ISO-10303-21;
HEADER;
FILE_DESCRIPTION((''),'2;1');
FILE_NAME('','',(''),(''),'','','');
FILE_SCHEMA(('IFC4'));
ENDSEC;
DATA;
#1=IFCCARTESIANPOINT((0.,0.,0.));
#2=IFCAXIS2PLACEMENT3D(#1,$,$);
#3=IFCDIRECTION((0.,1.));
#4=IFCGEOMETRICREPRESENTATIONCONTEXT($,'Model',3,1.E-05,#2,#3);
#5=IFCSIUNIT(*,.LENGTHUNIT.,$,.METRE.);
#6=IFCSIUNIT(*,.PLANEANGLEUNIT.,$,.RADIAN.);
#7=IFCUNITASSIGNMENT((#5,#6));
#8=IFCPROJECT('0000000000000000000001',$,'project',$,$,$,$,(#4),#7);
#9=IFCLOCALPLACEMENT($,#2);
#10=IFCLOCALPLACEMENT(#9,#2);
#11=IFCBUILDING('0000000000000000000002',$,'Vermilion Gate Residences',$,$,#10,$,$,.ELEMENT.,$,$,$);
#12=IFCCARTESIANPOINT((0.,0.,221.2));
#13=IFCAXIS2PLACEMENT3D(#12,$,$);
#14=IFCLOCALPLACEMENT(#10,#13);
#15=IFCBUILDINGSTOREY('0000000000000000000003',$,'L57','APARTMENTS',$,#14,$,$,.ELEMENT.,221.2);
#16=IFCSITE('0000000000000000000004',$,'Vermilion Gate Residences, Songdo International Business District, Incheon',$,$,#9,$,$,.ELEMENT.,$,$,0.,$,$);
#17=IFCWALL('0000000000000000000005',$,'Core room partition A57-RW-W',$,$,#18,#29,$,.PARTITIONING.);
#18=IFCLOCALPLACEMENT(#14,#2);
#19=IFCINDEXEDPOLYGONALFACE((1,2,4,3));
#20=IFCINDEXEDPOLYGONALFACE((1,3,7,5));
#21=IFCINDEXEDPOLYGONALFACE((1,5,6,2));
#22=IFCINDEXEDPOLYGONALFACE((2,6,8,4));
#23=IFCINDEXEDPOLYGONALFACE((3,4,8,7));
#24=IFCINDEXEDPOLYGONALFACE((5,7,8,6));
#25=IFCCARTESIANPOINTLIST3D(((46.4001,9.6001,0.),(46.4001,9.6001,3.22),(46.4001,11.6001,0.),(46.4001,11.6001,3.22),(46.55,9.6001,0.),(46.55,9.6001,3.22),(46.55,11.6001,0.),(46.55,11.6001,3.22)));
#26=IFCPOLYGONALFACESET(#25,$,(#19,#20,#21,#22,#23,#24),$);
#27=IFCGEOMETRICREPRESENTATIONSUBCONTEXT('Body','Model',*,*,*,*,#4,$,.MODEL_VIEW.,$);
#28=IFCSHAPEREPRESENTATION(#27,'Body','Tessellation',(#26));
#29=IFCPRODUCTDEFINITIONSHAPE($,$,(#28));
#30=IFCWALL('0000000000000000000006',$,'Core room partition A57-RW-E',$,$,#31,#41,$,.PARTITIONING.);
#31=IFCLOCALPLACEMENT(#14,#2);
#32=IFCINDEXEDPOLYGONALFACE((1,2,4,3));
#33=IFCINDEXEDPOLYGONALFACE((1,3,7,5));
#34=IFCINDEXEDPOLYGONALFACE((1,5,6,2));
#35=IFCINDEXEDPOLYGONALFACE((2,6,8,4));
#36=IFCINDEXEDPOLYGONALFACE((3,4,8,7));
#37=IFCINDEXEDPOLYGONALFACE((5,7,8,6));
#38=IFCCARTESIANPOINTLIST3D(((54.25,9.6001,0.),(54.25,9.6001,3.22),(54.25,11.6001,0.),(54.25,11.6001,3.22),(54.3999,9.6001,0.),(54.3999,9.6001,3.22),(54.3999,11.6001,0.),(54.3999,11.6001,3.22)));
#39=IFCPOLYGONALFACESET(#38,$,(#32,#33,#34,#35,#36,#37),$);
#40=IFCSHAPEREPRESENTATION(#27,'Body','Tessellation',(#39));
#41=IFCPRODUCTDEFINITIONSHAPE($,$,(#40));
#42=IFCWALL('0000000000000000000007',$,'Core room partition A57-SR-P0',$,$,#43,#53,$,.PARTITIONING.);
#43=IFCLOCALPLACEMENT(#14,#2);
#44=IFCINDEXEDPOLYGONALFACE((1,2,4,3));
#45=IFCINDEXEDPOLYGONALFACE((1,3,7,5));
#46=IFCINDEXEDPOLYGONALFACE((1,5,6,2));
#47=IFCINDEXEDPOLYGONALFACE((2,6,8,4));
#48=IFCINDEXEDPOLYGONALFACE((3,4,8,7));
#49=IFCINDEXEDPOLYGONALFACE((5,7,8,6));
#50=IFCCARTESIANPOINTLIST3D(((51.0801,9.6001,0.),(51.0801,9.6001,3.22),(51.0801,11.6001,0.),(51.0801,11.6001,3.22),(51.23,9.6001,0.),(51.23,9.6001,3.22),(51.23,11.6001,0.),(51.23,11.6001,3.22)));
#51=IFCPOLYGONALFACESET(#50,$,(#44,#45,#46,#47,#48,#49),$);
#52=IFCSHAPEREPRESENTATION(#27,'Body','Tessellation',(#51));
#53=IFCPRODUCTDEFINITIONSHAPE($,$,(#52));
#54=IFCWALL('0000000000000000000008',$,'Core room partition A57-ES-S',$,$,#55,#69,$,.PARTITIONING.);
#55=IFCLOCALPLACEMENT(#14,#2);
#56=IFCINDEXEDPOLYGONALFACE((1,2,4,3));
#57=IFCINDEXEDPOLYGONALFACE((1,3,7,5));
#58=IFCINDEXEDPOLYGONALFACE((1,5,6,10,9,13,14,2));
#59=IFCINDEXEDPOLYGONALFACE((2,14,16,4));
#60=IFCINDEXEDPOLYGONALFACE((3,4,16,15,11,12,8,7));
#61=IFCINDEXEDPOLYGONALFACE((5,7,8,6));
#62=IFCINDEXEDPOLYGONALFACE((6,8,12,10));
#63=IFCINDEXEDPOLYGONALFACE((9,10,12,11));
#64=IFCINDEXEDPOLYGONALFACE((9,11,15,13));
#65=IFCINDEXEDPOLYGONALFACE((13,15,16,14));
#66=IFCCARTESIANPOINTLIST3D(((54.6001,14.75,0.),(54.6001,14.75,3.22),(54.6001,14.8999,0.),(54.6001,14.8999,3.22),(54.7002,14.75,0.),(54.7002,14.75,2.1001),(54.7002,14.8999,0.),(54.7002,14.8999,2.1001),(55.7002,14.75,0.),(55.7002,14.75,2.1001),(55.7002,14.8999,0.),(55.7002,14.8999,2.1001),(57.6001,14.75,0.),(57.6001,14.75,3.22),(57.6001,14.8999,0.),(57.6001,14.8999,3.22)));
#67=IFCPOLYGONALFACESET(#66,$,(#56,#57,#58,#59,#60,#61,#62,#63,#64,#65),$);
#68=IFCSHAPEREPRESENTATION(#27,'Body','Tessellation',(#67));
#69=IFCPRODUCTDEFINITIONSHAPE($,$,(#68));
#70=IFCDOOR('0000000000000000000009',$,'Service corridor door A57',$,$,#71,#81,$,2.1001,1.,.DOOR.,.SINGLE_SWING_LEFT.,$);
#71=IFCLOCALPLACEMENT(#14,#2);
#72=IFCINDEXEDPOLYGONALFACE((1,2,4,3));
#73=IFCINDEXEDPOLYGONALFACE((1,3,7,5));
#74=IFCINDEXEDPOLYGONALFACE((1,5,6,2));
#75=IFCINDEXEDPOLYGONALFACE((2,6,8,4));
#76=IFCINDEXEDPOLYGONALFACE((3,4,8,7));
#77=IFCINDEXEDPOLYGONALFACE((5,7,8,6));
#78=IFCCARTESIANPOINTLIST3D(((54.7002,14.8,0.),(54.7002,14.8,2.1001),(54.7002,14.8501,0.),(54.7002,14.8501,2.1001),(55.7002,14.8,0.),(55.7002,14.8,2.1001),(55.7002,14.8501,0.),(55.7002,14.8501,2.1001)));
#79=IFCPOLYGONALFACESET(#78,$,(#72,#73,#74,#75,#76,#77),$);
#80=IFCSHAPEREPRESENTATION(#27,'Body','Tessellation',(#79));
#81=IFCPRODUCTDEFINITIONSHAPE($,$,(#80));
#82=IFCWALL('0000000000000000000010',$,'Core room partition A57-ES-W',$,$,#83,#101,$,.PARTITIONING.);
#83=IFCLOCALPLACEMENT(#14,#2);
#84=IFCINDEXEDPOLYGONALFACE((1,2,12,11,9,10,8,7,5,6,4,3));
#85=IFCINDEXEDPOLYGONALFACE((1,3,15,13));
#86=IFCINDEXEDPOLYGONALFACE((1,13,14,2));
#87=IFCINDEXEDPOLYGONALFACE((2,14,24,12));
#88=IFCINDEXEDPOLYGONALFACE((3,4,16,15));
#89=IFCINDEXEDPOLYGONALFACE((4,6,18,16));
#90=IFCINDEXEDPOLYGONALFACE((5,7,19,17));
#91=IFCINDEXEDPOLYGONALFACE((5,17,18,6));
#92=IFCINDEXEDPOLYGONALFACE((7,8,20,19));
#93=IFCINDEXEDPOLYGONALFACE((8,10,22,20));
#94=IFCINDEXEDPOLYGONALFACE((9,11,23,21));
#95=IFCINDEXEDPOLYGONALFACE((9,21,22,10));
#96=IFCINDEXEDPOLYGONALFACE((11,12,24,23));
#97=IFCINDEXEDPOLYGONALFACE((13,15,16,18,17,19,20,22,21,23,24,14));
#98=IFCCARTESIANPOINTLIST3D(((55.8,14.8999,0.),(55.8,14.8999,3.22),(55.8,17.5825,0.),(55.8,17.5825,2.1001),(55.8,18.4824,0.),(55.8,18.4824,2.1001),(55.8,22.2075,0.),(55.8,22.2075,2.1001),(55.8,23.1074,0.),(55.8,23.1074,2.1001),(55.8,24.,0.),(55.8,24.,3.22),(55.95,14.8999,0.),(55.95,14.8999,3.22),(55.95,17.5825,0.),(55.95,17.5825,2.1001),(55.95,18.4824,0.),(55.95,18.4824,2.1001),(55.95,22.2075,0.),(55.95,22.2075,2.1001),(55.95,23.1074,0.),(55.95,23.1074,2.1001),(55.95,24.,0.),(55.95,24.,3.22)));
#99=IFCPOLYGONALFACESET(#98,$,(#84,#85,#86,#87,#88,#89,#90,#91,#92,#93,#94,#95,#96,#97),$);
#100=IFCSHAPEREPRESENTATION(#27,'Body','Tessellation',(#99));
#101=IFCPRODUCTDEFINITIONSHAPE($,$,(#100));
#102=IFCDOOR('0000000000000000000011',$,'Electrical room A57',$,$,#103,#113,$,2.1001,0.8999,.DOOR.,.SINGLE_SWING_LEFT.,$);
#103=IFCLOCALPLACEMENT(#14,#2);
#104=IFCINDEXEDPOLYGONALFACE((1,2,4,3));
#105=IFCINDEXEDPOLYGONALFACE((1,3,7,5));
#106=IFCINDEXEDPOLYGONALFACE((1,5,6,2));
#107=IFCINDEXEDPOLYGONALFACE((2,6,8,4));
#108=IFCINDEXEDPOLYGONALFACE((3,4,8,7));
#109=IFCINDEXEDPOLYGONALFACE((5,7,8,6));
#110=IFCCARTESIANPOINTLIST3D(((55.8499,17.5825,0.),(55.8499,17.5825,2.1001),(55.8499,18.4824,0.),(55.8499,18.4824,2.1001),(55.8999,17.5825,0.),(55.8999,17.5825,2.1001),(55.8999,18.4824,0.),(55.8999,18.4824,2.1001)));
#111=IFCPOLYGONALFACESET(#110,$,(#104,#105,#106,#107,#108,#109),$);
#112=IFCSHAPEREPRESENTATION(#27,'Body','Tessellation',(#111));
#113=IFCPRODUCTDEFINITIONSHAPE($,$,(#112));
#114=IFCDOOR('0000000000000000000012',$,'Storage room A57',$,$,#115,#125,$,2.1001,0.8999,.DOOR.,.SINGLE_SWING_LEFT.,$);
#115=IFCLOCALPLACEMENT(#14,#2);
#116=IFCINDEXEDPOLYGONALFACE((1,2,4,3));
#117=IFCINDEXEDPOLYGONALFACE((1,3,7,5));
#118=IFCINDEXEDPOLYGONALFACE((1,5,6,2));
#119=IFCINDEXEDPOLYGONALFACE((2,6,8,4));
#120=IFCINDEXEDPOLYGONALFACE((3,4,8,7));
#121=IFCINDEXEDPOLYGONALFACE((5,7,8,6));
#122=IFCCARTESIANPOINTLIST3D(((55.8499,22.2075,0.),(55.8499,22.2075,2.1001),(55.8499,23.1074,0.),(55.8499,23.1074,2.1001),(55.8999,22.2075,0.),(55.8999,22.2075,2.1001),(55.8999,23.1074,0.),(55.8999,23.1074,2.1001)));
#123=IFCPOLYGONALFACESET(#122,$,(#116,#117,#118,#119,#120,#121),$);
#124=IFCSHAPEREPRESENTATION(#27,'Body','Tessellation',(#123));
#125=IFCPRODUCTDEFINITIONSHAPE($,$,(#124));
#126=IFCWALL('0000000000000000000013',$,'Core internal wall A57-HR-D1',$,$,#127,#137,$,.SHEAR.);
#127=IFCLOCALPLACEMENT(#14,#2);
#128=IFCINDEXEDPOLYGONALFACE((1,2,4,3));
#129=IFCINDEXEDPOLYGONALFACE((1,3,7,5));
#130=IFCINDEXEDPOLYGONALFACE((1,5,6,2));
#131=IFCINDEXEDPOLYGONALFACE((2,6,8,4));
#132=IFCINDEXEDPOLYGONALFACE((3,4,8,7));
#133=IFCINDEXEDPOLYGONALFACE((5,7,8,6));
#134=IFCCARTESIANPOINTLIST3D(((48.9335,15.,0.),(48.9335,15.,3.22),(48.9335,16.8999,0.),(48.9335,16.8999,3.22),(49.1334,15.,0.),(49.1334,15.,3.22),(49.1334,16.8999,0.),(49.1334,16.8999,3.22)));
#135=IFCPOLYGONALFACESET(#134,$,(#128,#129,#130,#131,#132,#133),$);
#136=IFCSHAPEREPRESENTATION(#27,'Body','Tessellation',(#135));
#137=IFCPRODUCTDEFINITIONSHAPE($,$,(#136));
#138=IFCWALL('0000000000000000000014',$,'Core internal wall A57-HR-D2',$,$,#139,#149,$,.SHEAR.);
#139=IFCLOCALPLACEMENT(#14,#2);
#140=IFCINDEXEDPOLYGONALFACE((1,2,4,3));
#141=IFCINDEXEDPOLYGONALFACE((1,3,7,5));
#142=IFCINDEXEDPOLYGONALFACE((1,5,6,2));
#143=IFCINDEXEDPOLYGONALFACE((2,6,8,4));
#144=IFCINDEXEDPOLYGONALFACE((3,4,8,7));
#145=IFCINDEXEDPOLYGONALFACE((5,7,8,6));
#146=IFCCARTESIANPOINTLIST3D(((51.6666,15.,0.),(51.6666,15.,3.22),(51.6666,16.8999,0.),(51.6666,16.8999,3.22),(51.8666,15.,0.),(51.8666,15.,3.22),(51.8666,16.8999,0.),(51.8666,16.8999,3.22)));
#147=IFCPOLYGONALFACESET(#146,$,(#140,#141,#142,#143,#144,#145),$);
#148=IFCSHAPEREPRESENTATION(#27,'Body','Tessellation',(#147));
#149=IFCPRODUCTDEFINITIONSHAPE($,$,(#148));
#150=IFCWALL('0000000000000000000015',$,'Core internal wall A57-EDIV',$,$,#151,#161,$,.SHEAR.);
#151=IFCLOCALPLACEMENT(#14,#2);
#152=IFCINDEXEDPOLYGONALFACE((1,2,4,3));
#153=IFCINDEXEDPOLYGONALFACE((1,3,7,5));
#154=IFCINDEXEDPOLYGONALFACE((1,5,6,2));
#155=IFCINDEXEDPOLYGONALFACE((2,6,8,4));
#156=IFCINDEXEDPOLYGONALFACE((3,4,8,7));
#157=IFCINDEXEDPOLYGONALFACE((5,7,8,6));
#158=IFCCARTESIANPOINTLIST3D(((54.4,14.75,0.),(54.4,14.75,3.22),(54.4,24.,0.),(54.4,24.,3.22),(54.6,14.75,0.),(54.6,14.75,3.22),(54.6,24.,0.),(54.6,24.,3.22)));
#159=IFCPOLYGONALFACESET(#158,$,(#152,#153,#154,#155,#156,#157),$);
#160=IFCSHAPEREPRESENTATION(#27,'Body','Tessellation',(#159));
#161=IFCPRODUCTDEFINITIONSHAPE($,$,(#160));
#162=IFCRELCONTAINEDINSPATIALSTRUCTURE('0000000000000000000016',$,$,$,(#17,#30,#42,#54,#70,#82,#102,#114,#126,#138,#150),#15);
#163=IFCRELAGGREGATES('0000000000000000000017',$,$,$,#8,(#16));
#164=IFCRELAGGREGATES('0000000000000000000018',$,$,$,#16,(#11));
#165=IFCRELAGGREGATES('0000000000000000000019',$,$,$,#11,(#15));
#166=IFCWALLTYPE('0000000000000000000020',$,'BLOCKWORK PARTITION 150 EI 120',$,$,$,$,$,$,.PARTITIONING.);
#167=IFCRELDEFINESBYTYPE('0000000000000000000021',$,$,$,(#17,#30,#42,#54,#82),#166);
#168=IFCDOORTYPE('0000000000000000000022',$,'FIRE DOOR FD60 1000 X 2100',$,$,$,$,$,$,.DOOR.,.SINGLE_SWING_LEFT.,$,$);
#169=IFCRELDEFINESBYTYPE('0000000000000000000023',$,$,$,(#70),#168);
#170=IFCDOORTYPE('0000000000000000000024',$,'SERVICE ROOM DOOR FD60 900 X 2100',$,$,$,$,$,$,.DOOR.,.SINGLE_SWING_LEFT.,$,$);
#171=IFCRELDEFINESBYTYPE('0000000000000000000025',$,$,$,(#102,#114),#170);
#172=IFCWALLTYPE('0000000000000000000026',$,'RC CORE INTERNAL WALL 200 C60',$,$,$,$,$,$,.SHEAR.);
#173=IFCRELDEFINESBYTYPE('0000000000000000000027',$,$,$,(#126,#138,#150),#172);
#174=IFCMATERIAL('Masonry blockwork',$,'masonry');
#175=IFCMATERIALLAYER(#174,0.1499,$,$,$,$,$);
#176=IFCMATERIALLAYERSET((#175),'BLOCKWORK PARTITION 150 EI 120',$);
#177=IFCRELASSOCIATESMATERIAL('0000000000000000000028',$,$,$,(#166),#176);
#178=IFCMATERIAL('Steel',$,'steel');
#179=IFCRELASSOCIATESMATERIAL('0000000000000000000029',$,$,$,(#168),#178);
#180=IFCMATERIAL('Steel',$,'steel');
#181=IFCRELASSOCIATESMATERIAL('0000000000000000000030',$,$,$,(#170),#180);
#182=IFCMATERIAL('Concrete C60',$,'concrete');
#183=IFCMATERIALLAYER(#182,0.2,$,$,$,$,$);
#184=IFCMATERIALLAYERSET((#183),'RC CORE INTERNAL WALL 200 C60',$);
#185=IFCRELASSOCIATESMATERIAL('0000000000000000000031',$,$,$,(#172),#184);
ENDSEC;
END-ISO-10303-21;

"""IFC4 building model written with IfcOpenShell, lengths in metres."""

from ifc_helpers import new_model, si_unit, direction, frame, frame_2d, origin, place, context, subcontext, project, spatial, rectangle, extrude, material, layer, layer_set, type_object, element, fill, save


model = new_model("IFC4")

# Units and contexts
model_context = context("Model", 3, precision=1e-05, world=origin(), true_north=direction((0.0, 1.0)))
body_context = subcontext(model_context, "Body", "Model", "MODEL_VIEW")
ifc_project = project(units=[si_unit("LENGTHUNIT", "METRE"), si_unit("PLANEANGLEUNIT", "RADIAN")], contexts=[model_context])

# Site, building, storey
site_placement = place(None, origin())
site = spatial("IfcSite", under=ifc_project, at=site_placement, Name="Vermilion Gate Residences, Songdo International Business District, Incheon", CompositionType="ELEMENT", RefElevation=0.0)
building_placement = place(site_placement, origin())
building = spatial("IfcBuilding", under=site, at=building_placement, Name="Vermilion Gate Residences", CompositionType="ELEMENT")
storey_placement = place(building_placement, frame((0.0, 0.0, 221.2)))
storey = spatial("IfcBuildingStorey", under=building, at=storey_placement, Name="L57", Description="APARTMENTS", CompositionType="ELEMENT", Elevation=221.2)

# Walls
ifc_material_1 = material(Name="Masonry blockwork", Category="masonry")
ifc_layer_1 = layer(ifc_material_1, 0.1499)
ifc_layer_set_1 = layer_set([ifc_layer_1], Name="BLOCKWORK PARTITION 150 EI 120")
wall_type_1 = type_object("IfcWallType", Name="BLOCKWORK PARTITION 150 EI 120", PredefinedType="PARTITIONING", material=ifc_layer_set_1)
for number, where, z_axis, x_axis, name in (
    (1, (46.4751, 9.6001, 0.0), (0.0, 0.0, 1.0), (0.0, 1.0, 0.0), "Core room partition A57-RW-W"),
    (2, (54.325, 9.6001, 0.0), (0.0, 0.0, 1.0), (0.0, 1.0, 0.0), "Core room partition A57-RW-E"),
    (3, (51.155, 9.6001, 0.0), (0.0, 0.0, 1.0), (0.0, 1.0, 0.0), "Core room partition A57-SR-P0"),
):
    element("IfcWall", number, at=place(storey_placement, frame(where, z_axis=z_axis, x_axis=x_axis)), inside=storey, type_object=wall_type_1, Name=name, PredefinedType="PARTITIONING", context=body_context, shape_type="SweptSolid", body=[
        extrude(rectangle(XDim=2.0, YDim=0.1499, at=frame_2d((1.0, 0.0))), origin(), (0.0, 0.0, 1.0), 3.22),
    ])

# Wall, opening, door
wall_1_placement = place(storey_placement, frame((54.6001, 14.825, 0.0), z_axis=(0.0, 0.0, 1.0), x_axis=(1.0, 0.0, 0.0)))
wall_1 = element("IfcWall", 4, at=wall_1_placement, inside=storey, type_object=wall_type_1, Name="Core room partition A57-ES-S", PredefinedType="PARTITIONING", context=body_context, shape_type="SweptSolid", body=[
    extrude(rectangle(XDim=3.0, YDim=0.1499, at=frame_2d((1.5, 0.0))), origin(), (0.0, 0.0, 1.0), 3.22),
])
opening_1_placement = place(wall_1_placement, frame((0.1001, 0.0, 0.0)))
opening_1 = element("IfcOpeningElement", 5, at=opening_1_placement, cuts=wall_1, PredefinedType="OPENING", context=body_context, shape_type="SweptSolid", body=[
    extrude(rectangle(XDim=1.0, YDim=2.1001, at=frame_2d((0.5, 1.05))), frame((0.0, 0.085, 0.0), z_axis=(0.0, -1.0, 0.0), x_axis=(1.0, 0.0, 0.0)), (0.0, 0.0, 1.0), 0.1699),
])
ifc_material_2 = material(Name="Steel", Category="steel")
door_type_1 = type_object("IfcDoorType", Name="FIRE DOOR FD60 1000 X 2100", OperationType="SINGLE_SWING_LEFT", PredefinedType="DOOR", material=ifc_material_2)
door_1_placement = place(opening_1_placement, frame((1.0, 0.0, 0.0), z_axis=(0.0, 0.0, 1.0), x_axis=(-1.0, 0.0, 0.0)))
door_1 = element("IfcDoor", 6, at=door_1_placement, inside=storey, type_object=door_type_1, Name="Service corridor door A57", OperationType="SINGLE_SWING_LEFT", OverallHeight=2.1001, OverallWidth=1.0, PredefinedType="DOOR", context=body_context, shape_type="SweptSolid", body=[
    extrude(rectangle(XDim=1.0, YDim=2.1001, at=frame_2d((0.5, 1.05))), frame((0.0, 0.0249, 0.0), z_axis=(0.0, -1.0, 0.0), x_axis=(1.0, 0.0, 0.0)), (0.0, 0.0, 1.0), 0.05),
])
fill(opening_1, door_1)

# Wall, openings, doors
wall_2_placement = place(storey_placement, frame((55.875, 14.8999, 0.0), z_axis=(0.0, 0.0, 1.0), x_axis=(0.0, 1.0, 0.0)))
wall_2 = element("IfcWall", 7, at=wall_2_placement, inside=storey, type_object=wall_type_1, Name="Core room partition A57-ES-W", PredefinedType="PARTITIONING", context=body_context, shape_type="SweptSolid", body=[
    extrude(rectangle(XDim=9.1001, YDim=0.1499, at=frame_2d((4.55, 0.0))), origin(), (0.0, 0.0, 1.0), 3.22),
])
opening_2_placement = place(wall_2_placement, frame((2.6826, 0.0, 0.0)))
opening_2 = element("IfcOpeningElement", 8, at=opening_2_placement, cuts=wall_2, PredefinedType="OPENING", context=body_context, shape_type="SweptSolid", body=[
    extrude(rectangle(XDim=0.8999, YDim=2.1001, at=frame_2d((0.45, 1.05))), frame((0.0, 0.085, 0.0), z_axis=(0.0, -1.0, 0.0), x_axis=(1.0, 0.0, 0.0)), (0.0, 0.0, 1.0), 0.1699),
])
opening_3_placement = place(wall_2_placement, frame((7.3076, 0.0, 0.0)))
opening_3 = element("IfcOpeningElement", 9, at=opening_3_placement, cuts=wall_2, PredefinedType="OPENING", context=body_context, shape_type="SweptSolid", body=[
    extrude(rectangle(XDim=0.8999, YDim=2.1001, at=frame_2d((0.45, 1.05))), frame((0.0, 0.085, 0.0), z_axis=(0.0, -1.0, 0.0), x_axis=(1.0, 0.0, 0.0)), (0.0, 0.0, 1.0), 0.1699),
])
ifc_material_3 = material(Name="Steel", Category="steel")
door_type_2 = type_object("IfcDoorType", Name="SERVICE ROOM DOOR FD60 900 X 2100", OperationType="SINGLE_SWING_LEFT", PredefinedType="DOOR", material=ifc_material_3)
door_2_placement = place(opening_2_placement, frame((0.8999, 0.0, 0.0), z_axis=(0.0, 0.0, 1.0), x_axis=(-1.0, 0.0, 0.0)))
door_2 = element("IfcDoor", 10, at=door_2_placement, inside=storey, type_object=door_type_2, Name="Electrical room A57", OperationType="SINGLE_SWING_LEFT", OverallHeight=2.1001, OverallWidth=0.8999, PredefinedType="DOOR", context=body_context, shape_type="SweptSolid", body=[
    extrude(rectangle(XDim=0.8999, YDim=2.1001, at=frame_2d((0.45, 1.05))), frame((0.0, 0.0249, 0.0), z_axis=(0.0, -1.0, 0.0), x_axis=(1.0, 0.0, 0.0)), (0.0, 0.0, 1.0), 0.05),
])
fill(opening_2, door_2)
door_3_placement = place(opening_3_placement, frame((0.8999, 0.0, 0.0), z_axis=(0.0, 0.0, 1.0), x_axis=(-1.0, 0.0, 0.0)))
door_3 = element("IfcDoor", 11, at=door_3_placement, inside=storey, type_object=door_type_2, Name="Storage room A57", OperationType="SINGLE_SWING_LEFT", OverallHeight=2.1001, OverallWidth=0.8999, PredefinedType="DOOR", context=body_context, shape_type="SweptSolid", body=[
    extrude(rectangle(XDim=0.8999, YDim=2.1001, at=frame_2d((0.45, 1.05))), frame((0.0, 0.0249, 0.0), z_axis=(0.0, -1.0, 0.0), x_axis=(1.0, 0.0, 0.0)), (0.0, 0.0, 1.0), 0.05),
])
fill(opening_3, door_3)

# Walls
ifc_material_4 = material(Name="Concrete C60", Category="concrete")
ifc_layer_2 = layer(ifc_material_4, 0.2)
ifc_layer_set_2 = layer_set([ifc_layer_2], Name="RC CORE INTERNAL WALL 200 C60")
wall_type_2 = type_object("IfcWallType", Name="RC CORE INTERNAL WALL 200 C60", PredefinedType="SHEAR", material=ifc_layer_set_2)
for number, where, z_axis, x_axis, name in (
    (12, (49.0334, 15.0, 0.0), (0.0, 0.0, 1.0), (0.0, 1.0, 0.0), "Core internal wall A57-HR-D1"),
    (13, (51.7666, 15.0, 0.0), (0.0, 0.0, 1.0), (0.0, 1.0, 0.0), "Core internal wall A57-HR-D2"),
):
    element("IfcWall", number, at=place(storey_placement, frame(where, z_axis=z_axis, x_axis=x_axis)), inside=storey, type_object=wall_type_2, Name=name, PredefinedType="SHEAR", context=body_context, shape_type="SweptSolid", body=[
        extrude(rectangle(XDim=1.8999, YDim=0.2, at=frame_2d((0.95, 0.0))), origin(), (0.0, 0.0, 1.0), 3.22),
    ])
wall_3_placement = place(storey_placement, frame((54.5, 14.75, 0.0), z_axis=(0.0, 0.0, 1.0), x_axis=(0.0, 1.0, 0.0)))
element("IfcWall", 14, at=wall_3_placement, inside=storey, type_object=wall_type_2, Name="Core internal wall A57-EDIV", PredefinedType="SHEAR", context=body_context, shape_type="SweptSolid", body=[
    extrude(rectangle(XDim=9.25, YDim=0.2, at=frame_2d((4.625, 0.0))), origin(), (0.0, 0.0, 1.0), 3.22),
])

save(model, "model.ifc")
